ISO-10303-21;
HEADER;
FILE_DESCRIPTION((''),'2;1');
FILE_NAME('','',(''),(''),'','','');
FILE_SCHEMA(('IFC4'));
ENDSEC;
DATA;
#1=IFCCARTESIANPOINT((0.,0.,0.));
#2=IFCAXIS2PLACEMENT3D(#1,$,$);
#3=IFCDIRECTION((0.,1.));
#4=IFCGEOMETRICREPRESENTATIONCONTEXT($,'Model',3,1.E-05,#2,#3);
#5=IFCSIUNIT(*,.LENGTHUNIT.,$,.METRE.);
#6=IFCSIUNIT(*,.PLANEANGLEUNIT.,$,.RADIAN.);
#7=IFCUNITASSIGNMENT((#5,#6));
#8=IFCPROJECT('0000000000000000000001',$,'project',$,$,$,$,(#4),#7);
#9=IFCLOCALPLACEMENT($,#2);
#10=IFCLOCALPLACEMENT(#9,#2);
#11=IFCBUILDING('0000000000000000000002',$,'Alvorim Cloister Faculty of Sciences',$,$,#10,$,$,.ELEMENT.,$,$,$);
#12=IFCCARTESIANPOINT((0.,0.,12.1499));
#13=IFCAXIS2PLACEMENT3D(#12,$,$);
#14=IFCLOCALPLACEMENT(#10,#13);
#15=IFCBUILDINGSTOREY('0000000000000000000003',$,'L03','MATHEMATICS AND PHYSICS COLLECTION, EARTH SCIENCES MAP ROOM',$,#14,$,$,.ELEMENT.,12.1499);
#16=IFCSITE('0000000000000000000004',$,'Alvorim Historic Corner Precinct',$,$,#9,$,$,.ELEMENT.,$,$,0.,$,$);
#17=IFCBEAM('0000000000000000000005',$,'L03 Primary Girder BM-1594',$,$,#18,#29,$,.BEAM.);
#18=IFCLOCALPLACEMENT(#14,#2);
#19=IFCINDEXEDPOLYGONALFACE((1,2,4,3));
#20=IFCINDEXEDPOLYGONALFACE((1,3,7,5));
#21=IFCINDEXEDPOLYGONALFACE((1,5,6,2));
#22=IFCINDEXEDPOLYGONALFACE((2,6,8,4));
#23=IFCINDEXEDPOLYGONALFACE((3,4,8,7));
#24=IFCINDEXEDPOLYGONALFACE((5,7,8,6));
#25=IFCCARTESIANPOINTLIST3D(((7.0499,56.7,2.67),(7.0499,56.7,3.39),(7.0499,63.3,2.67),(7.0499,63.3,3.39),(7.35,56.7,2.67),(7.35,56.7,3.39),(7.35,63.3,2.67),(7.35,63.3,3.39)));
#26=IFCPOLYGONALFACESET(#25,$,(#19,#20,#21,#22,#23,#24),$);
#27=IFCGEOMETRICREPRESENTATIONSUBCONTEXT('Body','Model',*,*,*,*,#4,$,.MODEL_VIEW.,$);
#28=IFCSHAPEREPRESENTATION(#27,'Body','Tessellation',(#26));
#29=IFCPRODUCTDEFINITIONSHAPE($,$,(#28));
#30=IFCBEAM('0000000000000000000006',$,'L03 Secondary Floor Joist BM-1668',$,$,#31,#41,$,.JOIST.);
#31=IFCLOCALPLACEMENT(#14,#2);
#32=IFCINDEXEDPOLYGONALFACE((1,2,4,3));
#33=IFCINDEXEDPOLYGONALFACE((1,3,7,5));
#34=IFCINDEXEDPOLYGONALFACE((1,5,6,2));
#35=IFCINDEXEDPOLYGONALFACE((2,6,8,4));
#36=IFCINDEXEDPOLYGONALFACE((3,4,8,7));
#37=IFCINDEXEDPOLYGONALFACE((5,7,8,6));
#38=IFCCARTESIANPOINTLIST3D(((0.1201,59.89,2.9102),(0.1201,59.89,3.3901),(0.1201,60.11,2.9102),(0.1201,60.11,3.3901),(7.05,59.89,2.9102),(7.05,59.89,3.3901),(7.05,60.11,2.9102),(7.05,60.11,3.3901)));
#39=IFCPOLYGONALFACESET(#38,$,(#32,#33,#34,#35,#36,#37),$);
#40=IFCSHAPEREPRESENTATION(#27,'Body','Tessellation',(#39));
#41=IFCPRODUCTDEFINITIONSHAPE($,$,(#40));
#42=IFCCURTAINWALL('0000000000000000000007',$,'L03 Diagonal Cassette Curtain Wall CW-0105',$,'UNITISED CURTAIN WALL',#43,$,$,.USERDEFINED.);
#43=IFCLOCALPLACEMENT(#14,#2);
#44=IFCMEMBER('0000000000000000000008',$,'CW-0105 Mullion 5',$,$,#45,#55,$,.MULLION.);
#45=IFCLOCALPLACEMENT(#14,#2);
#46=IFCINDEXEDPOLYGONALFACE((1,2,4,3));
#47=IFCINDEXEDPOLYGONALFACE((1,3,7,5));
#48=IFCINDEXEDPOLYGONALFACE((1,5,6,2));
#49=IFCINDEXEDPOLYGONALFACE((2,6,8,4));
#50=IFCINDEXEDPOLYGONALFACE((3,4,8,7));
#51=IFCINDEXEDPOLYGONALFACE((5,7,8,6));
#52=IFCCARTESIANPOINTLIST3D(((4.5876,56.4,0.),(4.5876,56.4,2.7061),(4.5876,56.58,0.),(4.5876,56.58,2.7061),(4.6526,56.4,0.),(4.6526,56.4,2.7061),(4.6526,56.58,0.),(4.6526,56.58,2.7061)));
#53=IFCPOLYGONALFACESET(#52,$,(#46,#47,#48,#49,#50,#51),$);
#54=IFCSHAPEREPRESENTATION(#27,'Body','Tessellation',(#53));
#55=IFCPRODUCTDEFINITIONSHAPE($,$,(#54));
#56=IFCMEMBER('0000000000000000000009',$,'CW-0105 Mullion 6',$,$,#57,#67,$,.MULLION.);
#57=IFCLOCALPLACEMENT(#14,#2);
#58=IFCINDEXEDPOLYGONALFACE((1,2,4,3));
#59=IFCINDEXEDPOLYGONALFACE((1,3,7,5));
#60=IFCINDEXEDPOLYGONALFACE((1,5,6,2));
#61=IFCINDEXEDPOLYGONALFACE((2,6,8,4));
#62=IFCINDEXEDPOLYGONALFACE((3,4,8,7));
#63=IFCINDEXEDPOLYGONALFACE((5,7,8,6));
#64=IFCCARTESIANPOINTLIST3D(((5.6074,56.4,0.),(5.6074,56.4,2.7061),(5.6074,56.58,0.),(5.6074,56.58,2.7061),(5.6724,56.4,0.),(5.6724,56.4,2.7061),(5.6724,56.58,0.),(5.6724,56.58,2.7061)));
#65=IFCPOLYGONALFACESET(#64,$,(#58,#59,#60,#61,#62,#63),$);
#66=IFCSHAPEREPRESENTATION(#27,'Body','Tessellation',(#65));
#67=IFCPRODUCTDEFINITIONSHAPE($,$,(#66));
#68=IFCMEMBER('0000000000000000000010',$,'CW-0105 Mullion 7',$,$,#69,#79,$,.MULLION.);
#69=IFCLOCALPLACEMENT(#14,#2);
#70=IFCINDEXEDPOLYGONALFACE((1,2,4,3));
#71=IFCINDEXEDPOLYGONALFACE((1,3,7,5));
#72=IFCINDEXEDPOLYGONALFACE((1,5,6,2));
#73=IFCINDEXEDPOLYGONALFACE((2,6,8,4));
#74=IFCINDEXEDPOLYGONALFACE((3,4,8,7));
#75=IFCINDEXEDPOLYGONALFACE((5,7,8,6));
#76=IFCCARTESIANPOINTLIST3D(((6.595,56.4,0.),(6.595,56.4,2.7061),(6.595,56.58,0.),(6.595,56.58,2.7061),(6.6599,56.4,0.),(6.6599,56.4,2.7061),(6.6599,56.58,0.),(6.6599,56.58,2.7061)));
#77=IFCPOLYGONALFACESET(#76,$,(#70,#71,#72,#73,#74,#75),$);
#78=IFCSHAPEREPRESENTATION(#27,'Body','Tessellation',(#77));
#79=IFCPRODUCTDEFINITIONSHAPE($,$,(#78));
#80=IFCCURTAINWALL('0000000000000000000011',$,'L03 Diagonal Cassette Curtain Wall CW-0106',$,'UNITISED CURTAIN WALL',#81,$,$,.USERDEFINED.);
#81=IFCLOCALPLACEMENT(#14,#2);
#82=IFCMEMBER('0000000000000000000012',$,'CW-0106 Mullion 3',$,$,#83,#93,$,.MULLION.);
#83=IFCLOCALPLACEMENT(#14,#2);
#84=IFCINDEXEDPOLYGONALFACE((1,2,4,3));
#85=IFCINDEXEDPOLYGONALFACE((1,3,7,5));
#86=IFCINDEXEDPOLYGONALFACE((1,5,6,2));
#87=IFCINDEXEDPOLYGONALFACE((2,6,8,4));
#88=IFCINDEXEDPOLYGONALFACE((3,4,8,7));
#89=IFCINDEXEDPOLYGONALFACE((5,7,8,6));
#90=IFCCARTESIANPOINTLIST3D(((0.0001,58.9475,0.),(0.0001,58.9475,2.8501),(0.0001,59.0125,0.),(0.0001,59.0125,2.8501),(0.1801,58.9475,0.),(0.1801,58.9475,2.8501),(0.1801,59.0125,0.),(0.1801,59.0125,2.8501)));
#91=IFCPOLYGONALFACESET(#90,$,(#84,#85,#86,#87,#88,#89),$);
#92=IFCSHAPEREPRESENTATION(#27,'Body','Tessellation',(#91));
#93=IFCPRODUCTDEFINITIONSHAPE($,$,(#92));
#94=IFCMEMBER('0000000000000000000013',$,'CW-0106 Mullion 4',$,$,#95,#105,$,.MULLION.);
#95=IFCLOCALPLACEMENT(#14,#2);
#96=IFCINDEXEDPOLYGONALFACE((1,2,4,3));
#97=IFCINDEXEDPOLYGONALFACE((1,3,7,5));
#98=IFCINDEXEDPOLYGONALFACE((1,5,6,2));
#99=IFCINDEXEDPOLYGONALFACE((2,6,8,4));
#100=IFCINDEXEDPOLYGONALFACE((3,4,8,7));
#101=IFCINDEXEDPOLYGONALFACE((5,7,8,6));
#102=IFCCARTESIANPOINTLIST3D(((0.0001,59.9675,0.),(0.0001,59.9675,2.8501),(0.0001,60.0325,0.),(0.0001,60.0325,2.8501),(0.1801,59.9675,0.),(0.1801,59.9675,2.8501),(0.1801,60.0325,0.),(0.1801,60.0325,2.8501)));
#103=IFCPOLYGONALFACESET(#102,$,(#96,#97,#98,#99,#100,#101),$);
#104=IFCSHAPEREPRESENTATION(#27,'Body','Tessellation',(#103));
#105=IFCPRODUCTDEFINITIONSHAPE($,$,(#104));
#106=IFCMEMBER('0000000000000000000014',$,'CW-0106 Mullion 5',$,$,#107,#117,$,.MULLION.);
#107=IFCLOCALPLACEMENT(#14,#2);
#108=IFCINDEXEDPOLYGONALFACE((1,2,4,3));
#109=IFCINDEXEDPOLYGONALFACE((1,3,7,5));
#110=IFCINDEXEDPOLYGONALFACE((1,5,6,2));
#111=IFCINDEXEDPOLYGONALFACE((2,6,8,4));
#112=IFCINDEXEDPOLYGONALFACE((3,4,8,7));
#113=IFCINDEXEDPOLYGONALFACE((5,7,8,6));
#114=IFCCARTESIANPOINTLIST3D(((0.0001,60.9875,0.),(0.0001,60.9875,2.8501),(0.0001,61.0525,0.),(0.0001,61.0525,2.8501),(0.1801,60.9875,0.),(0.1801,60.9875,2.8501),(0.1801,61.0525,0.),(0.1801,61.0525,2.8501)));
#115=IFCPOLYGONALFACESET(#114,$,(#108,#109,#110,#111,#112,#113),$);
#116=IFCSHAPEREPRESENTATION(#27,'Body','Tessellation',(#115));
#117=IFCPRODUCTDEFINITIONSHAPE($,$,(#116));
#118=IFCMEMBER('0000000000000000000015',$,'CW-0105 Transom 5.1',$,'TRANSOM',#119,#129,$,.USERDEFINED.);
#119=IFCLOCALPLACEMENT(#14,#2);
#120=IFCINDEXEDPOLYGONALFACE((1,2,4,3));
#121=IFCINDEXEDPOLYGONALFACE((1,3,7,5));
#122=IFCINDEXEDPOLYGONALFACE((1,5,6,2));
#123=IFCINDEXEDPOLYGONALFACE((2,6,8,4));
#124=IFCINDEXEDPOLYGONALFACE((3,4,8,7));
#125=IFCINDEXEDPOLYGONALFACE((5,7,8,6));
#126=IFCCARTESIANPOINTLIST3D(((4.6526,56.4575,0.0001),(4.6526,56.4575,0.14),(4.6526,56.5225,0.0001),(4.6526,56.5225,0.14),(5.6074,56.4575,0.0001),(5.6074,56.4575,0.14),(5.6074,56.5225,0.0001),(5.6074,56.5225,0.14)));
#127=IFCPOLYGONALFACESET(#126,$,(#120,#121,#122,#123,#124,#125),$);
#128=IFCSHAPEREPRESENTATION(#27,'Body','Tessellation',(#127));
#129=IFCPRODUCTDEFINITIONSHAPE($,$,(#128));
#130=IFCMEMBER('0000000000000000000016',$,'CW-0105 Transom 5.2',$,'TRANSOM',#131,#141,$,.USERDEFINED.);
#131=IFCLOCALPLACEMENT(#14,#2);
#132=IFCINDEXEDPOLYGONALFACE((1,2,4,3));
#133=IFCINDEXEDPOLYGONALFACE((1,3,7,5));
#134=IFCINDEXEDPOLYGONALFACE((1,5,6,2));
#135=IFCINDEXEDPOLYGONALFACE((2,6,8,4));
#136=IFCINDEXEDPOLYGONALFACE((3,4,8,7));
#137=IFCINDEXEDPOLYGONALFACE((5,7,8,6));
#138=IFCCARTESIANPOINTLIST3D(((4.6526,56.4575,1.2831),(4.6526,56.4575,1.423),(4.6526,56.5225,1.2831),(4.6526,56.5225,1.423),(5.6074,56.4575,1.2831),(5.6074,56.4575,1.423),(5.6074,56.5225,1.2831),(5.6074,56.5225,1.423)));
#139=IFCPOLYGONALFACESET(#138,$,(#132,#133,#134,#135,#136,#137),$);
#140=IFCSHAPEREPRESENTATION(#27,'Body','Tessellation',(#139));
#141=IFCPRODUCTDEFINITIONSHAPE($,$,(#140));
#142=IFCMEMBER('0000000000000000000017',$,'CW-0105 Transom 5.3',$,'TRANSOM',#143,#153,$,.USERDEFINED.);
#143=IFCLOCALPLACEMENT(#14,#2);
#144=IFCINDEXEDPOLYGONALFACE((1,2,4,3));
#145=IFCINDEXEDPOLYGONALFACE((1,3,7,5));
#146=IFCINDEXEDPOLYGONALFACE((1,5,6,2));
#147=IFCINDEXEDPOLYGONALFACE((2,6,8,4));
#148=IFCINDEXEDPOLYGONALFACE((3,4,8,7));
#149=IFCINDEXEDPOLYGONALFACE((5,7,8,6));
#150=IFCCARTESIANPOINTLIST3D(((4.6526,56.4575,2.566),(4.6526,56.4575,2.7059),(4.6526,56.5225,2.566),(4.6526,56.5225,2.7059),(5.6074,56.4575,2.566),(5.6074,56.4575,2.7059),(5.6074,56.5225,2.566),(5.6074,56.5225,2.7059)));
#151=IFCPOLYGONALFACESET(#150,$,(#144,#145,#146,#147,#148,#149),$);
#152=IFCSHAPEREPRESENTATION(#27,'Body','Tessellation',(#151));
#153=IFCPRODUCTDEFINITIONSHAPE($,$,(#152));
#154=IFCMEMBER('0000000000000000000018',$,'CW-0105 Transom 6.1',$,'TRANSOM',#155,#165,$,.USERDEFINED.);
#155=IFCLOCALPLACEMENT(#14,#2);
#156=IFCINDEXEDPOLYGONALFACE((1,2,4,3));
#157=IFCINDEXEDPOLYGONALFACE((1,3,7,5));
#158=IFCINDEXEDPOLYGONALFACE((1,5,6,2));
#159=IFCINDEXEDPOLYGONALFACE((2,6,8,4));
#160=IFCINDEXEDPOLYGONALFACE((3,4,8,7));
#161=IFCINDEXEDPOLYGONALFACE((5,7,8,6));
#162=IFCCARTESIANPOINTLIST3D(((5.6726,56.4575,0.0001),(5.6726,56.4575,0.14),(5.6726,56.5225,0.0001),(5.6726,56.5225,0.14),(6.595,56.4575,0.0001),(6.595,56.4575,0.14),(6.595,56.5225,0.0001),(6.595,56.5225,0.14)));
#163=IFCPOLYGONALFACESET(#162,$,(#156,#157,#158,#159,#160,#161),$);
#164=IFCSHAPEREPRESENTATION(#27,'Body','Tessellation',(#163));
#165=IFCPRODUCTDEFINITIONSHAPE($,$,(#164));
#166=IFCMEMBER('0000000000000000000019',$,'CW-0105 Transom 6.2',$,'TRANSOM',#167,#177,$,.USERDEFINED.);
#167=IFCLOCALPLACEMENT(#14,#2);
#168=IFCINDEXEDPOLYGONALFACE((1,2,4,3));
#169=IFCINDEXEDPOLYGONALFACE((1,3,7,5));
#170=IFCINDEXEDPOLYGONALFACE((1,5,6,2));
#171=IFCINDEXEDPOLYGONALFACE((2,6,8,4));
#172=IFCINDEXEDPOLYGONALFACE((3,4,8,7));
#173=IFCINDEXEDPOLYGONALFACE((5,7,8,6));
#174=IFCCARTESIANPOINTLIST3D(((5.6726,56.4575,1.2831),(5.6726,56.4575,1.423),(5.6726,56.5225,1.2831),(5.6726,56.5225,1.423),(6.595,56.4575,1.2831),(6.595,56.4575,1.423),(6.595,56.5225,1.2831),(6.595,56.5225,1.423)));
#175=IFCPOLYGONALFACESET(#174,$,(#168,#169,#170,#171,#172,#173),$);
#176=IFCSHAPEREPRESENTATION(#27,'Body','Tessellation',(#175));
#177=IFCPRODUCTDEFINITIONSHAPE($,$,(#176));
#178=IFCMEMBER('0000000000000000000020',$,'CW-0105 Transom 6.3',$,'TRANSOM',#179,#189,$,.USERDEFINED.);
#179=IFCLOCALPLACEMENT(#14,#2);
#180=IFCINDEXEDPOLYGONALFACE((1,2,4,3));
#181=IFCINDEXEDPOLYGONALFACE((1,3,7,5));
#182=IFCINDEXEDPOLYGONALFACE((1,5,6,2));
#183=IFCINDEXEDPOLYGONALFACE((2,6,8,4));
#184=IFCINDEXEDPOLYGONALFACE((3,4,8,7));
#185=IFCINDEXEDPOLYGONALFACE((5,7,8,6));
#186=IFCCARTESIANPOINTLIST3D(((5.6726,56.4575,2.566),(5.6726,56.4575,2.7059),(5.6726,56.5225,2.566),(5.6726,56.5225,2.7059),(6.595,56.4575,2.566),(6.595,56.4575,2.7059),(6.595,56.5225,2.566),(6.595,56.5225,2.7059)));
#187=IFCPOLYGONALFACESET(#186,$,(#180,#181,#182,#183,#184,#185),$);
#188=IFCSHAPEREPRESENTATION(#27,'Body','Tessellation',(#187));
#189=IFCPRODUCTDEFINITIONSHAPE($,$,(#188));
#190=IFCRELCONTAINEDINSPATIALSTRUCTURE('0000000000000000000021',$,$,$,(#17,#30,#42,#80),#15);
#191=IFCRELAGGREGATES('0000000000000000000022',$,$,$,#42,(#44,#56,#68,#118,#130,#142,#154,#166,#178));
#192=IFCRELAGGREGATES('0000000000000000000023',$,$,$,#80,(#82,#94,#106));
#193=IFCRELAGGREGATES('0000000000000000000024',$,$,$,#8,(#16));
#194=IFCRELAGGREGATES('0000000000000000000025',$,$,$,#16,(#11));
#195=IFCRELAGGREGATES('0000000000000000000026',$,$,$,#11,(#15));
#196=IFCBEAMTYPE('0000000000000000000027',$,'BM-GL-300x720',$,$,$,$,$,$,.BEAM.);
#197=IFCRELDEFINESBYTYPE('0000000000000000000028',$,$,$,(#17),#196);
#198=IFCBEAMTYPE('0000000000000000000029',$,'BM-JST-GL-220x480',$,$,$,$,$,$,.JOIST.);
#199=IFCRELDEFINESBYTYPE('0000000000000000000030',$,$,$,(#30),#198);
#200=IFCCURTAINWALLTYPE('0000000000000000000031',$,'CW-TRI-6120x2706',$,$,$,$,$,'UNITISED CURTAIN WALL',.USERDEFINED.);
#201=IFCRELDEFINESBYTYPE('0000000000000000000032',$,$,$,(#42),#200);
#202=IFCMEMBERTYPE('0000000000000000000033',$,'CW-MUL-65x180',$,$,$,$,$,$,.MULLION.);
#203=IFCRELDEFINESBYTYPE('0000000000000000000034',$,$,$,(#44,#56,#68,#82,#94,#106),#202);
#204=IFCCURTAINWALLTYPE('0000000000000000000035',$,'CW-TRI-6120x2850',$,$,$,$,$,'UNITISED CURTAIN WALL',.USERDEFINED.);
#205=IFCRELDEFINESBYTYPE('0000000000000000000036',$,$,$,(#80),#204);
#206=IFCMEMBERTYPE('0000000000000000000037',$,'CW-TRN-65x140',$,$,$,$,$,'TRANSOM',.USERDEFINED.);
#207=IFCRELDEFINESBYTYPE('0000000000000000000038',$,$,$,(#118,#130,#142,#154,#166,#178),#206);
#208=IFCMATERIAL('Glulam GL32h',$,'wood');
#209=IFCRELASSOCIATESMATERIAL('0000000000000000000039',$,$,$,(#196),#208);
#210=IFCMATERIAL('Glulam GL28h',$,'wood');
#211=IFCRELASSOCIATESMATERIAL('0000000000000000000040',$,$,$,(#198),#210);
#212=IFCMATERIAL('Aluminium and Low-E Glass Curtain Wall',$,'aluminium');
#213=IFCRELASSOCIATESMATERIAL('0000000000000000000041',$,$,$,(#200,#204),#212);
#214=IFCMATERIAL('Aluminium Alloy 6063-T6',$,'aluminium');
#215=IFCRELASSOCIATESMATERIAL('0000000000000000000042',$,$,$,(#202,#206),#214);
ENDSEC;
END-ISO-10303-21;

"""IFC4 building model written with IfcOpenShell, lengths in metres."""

from ifc_helpers import new_model, si_unit, direction, frame, origin, origin_2d, place, context, subcontext, project, spatial, rectangle, extrude, material, material_profile, profile_set, type_object, element, aggregate, save


model = new_model("IFC4")

# Units and contexts
model_context = context("Model", 3, precision=1e-05, world=origin(), true_north=direction((0.0, 1.0)))
body_context = subcontext(model_context, "Body", "Model", "MODEL_VIEW")
ifc_project = project(units=[si_unit("LENGTHUNIT", "METRE"), si_unit("PLANEANGLEUNIT", "RADIAN")], contexts=[model_context])

# Site, building, storey
site_placement = place(None, origin())
site = spatial("IfcSite", under=ifc_project, at=site_placement, Name="Alvorim Historic Corner Precinct", CompositionType="ELEMENT", RefElevation=0.0)
building_placement = place(site_placement, origin())
building = spatial("IfcBuilding", under=site, at=building_placement, Name="Alvorim Cloister Faculty of Sciences", CompositionType="ELEMENT")
storey_placement = place(building_placement, frame((0.0, 0.0, 12.1499)))
storey = spatial("IfcBuildingStorey", under=building, at=storey_placement, Name="L03", Description="MATHEMATICS AND PHYSICS COLLECTION, EARTH SCIENCES MAP ROOM", CompositionType="ELEMENT", Elevation=12.1499)

# Beams
ifc_material_1 = material(Name="Glulam GL32h", Category="wood")
ifc_material_profile_1 = material_profile(ifc_material_1, rectangle(XDim=0.3, YDim=0.72, at=origin_2d()), Name="GL32-BM-300x720")
ifc_profile_set_1 = profile_set([ifc_material_profile_1], Name="Glulam GL32h")
beam_type_1 = type_object("IfcBeamType", Name="BM-GL-300x720", PredefinedType="BEAM", material=ifc_profile_set_1)
beam_1_placement = place(storey_placement, frame((7.2, 56.7, 3.03), z_axis=(0.0, 1.0, 0.0), x_axis=(-1.0, 0.0, 0.0)))
element("IfcBeam", 1, at=beam_1_placement, inside=storey, type_object=beam_type_1, Name="L03 Primary Girder BM-1594", PredefinedType="BEAM", context=body_context, shape_type="SweptSolid", body=[
    extrude(rectangle(XDim=0.3, YDim=0.72, at=origin_2d()), origin(), (0.0, 0.0, 1.0), 6.6001),
])
ifc_material_2 = material(Name="Glulam GL28h", Category="wood")
ifc_material_profile_2 = material_profile(ifc_material_2, rectangle(XDim=0.22, YDim=0.48, at=origin_2d()), Name="GL28-JST-220x480")
ifc_profile_set_2 = profile_set([ifc_material_profile_2], Name="Glulam GL28h")
beam_type_2 = type_object("IfcBeamType", Name="BM-JST-GL-220x480", PredefinedType="JOIST", material=ifc_profile_set_2)
beam_2_placement = place(storey_placement, frame((0.1201, 60.0, 3.1501), z_axis=(1.0, 0.0, 0.0), x_axis=(0.0, 1.0, 0.0)))
element("IfcBeam", 2, at=beam_2_placement, inside=storey, type_object=beam_type_2, Name="L03 Secondary Floor Joist BM-1668", PredefinedType="JOIST", context=body_context, shape_type="SweptSolid", body=[
    extrude(rectangle(XDim=0.22, YDim=0.48, at=origin_2d()), origin(), (0.0, 0.0, 1.0), 6.9299),
])

# Curtain walls, members
ifc_material_3 = material(Name="Aluminium and Low-E Glass Curtain Wall", Category="aluminium")
curtain_wall_type_1 = type_object("IfcCurtainWallType", Name="CW-TRI-6120x2706", ElementType="UNITISED CURTAIN WALL", PredefinedType="USERDEFINED", material=ifc_material_3)
curtain_wall_1_placement = place(storey_placement, origin())
curtain_wall_1 = element("IfcCurtainWall", 3, at=curtain_wall_1_placement, inside=storey, type_object=curtain_wall_type_1, Name="L03 Diagonal Cassette Curtain Wall CW-0105", ObjectType="UNITISED CURTAIN WALL", PredefinedType="USERDEFINED")
ifc_material_4 = material(Name="Aluminium Alloy 6063-T6", Category="aluminium")
ifc_material_profile_3 = material_profile(ifc_material_4, rectangle(XDim=0.0649, YDim=0.1799, at=origin_2d()), Name="ALU-MUL-65x180")
ifc_profile_set_3 = profile_set([ifc_material_profile_3], Name="Aluminium Alloy 6063-T6")
member_type_1 = type_object("IfcMemberType", Name="CW-MUL-65x180", PredefinedType="MULLION", material=ifc_profile_set_3)
member_1_placement = place(storey_placement, frame((4.6201, 56.49, 0.0), z_axis=(0.0, 0.0, 1.0), x_axis=(1.0, 0.0, 0.0)))
member_1 = element("IfcMember", 4, at=member_1_placement, type_object=member_type_1, Name="CW-0105 Mullion 5", PredefinedType="MULLION", context=body_context, shape_type="SweptSolid", body=[
    extrude(rectangle(XDim=0.0649, YDim=0.1799, at=origin_2d()), origin(), (0.0, 0.0, 1.0), 2.7061),
])
member_2_placement = place(storey_placement, frame((5.6399, 56.49, 0.0), z_axis=(0.0, 0.0, 1.0), x_axis=(1.0, 0.0, 0.0)))
member_2 = element("IfcMember", 5, at=member_2_placement, type_object=member_type_1, Name="CW-0105 Mullion 6", PredefinedType="MULLION", context=body_context, shape_type="SweptSolid", body=[
    extrude(rectangle(XDim=0.0649, YDim=0.1799, at=origin_2d()), origin(), (0.0, 0.0, 1.0), 2.7061),
])
member_3_placement = place(storey_placement, frame((6.6274, 56.49, 0.0), z_axis=(0.0, 0.0, 1.0), x_axis=(1.0, 0.0, 0.0)))
member_3 = element("IfcMember", 6, at=member_3_placement, type_object=member_type_1, Name="CW-0105 Mullion 7", PredefinedType="MULLION", context=body_context, shape_type="SweptSolid", body=[
    extrude(rectangle(XDim=0.0649, YDim=0.1799, at=origin_2d()), origin(), (0.0, 0.0, 1.0), 2.7061),
])
curtain_wall_type_2 = type_object("IfcCurtainWallType", Name="CW-TRI-6120x2850", ElementType="UNITISED CURTAIN WALL", PredefinedType="USERDEFINED", material=ifc_material_3)
curtain_wall_2_placement = place(storey_placement, origin())
curtain_wall_2 = element("IfcCurtainWall", 7, at=curtain_wall_2_placement, inside=storey, type_object=curtain_wall_type_2, Name="L03 Diagonal Cassette Curtain Wall CW-0106", ObjectType="UNITISED CURTAIN WALL", PredefinedType="USERDEFINED")
member_4_placement = place(storey_placement, frame((0.0901, 58.98, 0.0), z_axis=(0.0, 0.0, 1.0), x_axis=(0.0, 1.0, 0.0)))
member_4 = element("IfcMember", 8, at=member_4_placement, type_object=member_type_1, Name="CW-0106 Mullion 3", PredefinedType="MULLION", context=body_context, shape_type="SweptSolid", body=[
    extrude(rectangle(XDim=0.0649, YDim=0.1799, at=origin_2d()), origin(), (0.0, 0.0, 1.0), 2.8501),
])
member_5_placement = place(storey_placement, frame((0.0901, 60.0, 0.0), z_axis=(0.0, 0.0, 1.0), x_axis=(0.0, 1.0, 0.0)))
member_5 = element("IfcMember", 9, at=member_5_placement, type_object=member_type_1, Name="CW-0106 Mullion 4", PredefinedType="MULLION", context=body_context, shape_type="SweptSolid", body=[
    extrude(rectangle(XDim=0.0649, YDim=0.1799, at=origin_2d()), origin(), (0.0, 0.0, 1.0), 2.8501),
])
member_6_placement = place(storey_placement, frame((0.0901, 61.02, 0.0), z_axis=(0.0, 0.0, 1.0), x_axis=(0.0, 1.0, 0.0)))
member_6 = element("IfcMember", 10, at=member_6_placement, type_object=member_type_1, Name="CW-0106 Mullion 5", PredefinedType="MULLION", context=body_context, shape_type="SweptSolid", body=[
    extrude(rectangle(XDim=0.0649, YDim=0.1799, at=origin_2d()), origin(), (0.0, 0.0, 1.0), 2.8501),
])

# Members
ifc_material_profile_4 = material_profile(ifc_material_4, rectangle(XDim=0.0649, YDim=0.1399, at=origin_2d()), Name="ALU-TRN-65x140")
ifc_profile_set_4 = profile_set([ifc_material_profile_4], Name="Aluminium Alloy 6063-T6")
member_type_2 = type_object("IfcMemberType", Name="CW-TRN-65x140", ElementType="TRANSOM", PredefinedType="USERDEFINED", material=ifc_profile_set_4)
member_7_placement = place(storey_placement, frame((4.6526, 56.49, 0.0701), z_axis=(1.0, 0.0, 0.0), x_axis=(0.0, 1.0, 0.0)))
member_7 = element("IfcMember", 11, at=member_7_placement, type_object=member_type_2, Name="CW-0105 Transom 5.1", ObjectType="TRANSOM", PredefinedType="USERDEFINED", context=body_context, shape_type="SweptSolid", body=[
    extrude(rectangle(XDim=0.0649, YDim=0.1399, at=origin_2d()), origin(), (0.0, 0.0, 1.0), 0.9548),
])
member_8_placement = place(storey_placement, frame((4.6526, 56.49, 1.353), z_axis=(1.0, 0.0, 0.0), x_axis=(0.0, 1.0, 0.0)))
member_8 = element("IfcMember", 12, at=member_8_placement, type_object=member_type_2, Name="CW-0105 Transom 5.2", ObjectType="TRANSOM", PredefinedType="USERDEFINED", context=body_context, shape_type="SweptSolid", body=[
    extrude(rectangle(XDim=0.0649, YDim=0.1399, at=origin_2d()), origin(), (0.0, 0.0, 1.0), 0.9548),
])
member_9_placement = place(storey_placement, frame((4.6526, 56.49, 2.636), z_axis=(1.0, 0.0, 0.0), x_axis=(0.0, 1.0, 0.0)))
member_9 = element("IfcMember", 13, at=member_9_placement, type_object=member_type_2, Name="CW-0105 Transom 5.3", ObjectType="TRANSOM", PredefinedType="USERDEFINED", context=body_context, shape_type="SweptSolid", body=[
    extrude(rectangle(XDim=0.0649, YDim=0.1399, at=origin_2d()), origin(), (0.0, 0.0, 1.0), 0.9548),
])
member_10_placement = place(storey_placement, frame((5.6726, 56.49, 0.0701), z_axis=(1.0, 0.0, 0.0), x_axis=(0.0, 1.0, 0.0)))
member_10 = element("IfcMember", 14, at=member_10_placement, type_object=member_type_2, Name="CW-0105 Transom 6.1", ObjectType="TRANSOM", PredefinedType="USERDEFINED", context=body_context, shape_type="SweptSolid", body=[
    extrude(rectangle(XDim=0.0649, YDim=0.1399, at=origin_2d()), origin(), (0.0, 0.0, 1.0), 0.9224),
])
member_11_placement = place(storey_placement, frame((5.6726, 56.49, 1.353), z_axis=(1.0, 0.0, 0.0), x_axis=(0.0, 1.0, 0.0)))
member_11 = element("IfcMember", 15, at=member_11_placement, type_object=member_type_2, Name="CW-0105 Transom 6.2", ObjectType="TRANSOM", PredefinedType="USERDEFINED", context=body_context, shape_type="SweptSolid", body=[
    extrude(rectangle(XDim=0.0649, YDim=0.1399, at=origin_2d()), origin(), (0.0, 0.0, 1.0), 0.9224),
])
member_12_placement = place(storey_placement, frame((5.6726, 56.49, 2.636), z_axis=(1.0, 0.0, 0.0), x_axis=(0.0, 1.0, 0.0)))
member_12 = element("IfcMember", 16, at=member_12_placement, type_object=member_type_2, Name="CW-0105 Transom 6.3", ObjectType="TRANSOM", PredefinedType="USERDEFINED", context=body_context, shape_type="SweptSolid", body=[
    extrude(rectangle(XDim=0.0649, YDim=0.1399, at=origin_2d()), origin(), (0.0, 0.0, 1.0), 0.9224),
])
aggregate(curtain_wall_1, [member_1, member_2, member_3, member_7, member_8, member_9, member_10, member_11, member_12])
aggregate(curtain_wall_2, [member_4, member_5, member_6])

save(model, "model.ifc")
